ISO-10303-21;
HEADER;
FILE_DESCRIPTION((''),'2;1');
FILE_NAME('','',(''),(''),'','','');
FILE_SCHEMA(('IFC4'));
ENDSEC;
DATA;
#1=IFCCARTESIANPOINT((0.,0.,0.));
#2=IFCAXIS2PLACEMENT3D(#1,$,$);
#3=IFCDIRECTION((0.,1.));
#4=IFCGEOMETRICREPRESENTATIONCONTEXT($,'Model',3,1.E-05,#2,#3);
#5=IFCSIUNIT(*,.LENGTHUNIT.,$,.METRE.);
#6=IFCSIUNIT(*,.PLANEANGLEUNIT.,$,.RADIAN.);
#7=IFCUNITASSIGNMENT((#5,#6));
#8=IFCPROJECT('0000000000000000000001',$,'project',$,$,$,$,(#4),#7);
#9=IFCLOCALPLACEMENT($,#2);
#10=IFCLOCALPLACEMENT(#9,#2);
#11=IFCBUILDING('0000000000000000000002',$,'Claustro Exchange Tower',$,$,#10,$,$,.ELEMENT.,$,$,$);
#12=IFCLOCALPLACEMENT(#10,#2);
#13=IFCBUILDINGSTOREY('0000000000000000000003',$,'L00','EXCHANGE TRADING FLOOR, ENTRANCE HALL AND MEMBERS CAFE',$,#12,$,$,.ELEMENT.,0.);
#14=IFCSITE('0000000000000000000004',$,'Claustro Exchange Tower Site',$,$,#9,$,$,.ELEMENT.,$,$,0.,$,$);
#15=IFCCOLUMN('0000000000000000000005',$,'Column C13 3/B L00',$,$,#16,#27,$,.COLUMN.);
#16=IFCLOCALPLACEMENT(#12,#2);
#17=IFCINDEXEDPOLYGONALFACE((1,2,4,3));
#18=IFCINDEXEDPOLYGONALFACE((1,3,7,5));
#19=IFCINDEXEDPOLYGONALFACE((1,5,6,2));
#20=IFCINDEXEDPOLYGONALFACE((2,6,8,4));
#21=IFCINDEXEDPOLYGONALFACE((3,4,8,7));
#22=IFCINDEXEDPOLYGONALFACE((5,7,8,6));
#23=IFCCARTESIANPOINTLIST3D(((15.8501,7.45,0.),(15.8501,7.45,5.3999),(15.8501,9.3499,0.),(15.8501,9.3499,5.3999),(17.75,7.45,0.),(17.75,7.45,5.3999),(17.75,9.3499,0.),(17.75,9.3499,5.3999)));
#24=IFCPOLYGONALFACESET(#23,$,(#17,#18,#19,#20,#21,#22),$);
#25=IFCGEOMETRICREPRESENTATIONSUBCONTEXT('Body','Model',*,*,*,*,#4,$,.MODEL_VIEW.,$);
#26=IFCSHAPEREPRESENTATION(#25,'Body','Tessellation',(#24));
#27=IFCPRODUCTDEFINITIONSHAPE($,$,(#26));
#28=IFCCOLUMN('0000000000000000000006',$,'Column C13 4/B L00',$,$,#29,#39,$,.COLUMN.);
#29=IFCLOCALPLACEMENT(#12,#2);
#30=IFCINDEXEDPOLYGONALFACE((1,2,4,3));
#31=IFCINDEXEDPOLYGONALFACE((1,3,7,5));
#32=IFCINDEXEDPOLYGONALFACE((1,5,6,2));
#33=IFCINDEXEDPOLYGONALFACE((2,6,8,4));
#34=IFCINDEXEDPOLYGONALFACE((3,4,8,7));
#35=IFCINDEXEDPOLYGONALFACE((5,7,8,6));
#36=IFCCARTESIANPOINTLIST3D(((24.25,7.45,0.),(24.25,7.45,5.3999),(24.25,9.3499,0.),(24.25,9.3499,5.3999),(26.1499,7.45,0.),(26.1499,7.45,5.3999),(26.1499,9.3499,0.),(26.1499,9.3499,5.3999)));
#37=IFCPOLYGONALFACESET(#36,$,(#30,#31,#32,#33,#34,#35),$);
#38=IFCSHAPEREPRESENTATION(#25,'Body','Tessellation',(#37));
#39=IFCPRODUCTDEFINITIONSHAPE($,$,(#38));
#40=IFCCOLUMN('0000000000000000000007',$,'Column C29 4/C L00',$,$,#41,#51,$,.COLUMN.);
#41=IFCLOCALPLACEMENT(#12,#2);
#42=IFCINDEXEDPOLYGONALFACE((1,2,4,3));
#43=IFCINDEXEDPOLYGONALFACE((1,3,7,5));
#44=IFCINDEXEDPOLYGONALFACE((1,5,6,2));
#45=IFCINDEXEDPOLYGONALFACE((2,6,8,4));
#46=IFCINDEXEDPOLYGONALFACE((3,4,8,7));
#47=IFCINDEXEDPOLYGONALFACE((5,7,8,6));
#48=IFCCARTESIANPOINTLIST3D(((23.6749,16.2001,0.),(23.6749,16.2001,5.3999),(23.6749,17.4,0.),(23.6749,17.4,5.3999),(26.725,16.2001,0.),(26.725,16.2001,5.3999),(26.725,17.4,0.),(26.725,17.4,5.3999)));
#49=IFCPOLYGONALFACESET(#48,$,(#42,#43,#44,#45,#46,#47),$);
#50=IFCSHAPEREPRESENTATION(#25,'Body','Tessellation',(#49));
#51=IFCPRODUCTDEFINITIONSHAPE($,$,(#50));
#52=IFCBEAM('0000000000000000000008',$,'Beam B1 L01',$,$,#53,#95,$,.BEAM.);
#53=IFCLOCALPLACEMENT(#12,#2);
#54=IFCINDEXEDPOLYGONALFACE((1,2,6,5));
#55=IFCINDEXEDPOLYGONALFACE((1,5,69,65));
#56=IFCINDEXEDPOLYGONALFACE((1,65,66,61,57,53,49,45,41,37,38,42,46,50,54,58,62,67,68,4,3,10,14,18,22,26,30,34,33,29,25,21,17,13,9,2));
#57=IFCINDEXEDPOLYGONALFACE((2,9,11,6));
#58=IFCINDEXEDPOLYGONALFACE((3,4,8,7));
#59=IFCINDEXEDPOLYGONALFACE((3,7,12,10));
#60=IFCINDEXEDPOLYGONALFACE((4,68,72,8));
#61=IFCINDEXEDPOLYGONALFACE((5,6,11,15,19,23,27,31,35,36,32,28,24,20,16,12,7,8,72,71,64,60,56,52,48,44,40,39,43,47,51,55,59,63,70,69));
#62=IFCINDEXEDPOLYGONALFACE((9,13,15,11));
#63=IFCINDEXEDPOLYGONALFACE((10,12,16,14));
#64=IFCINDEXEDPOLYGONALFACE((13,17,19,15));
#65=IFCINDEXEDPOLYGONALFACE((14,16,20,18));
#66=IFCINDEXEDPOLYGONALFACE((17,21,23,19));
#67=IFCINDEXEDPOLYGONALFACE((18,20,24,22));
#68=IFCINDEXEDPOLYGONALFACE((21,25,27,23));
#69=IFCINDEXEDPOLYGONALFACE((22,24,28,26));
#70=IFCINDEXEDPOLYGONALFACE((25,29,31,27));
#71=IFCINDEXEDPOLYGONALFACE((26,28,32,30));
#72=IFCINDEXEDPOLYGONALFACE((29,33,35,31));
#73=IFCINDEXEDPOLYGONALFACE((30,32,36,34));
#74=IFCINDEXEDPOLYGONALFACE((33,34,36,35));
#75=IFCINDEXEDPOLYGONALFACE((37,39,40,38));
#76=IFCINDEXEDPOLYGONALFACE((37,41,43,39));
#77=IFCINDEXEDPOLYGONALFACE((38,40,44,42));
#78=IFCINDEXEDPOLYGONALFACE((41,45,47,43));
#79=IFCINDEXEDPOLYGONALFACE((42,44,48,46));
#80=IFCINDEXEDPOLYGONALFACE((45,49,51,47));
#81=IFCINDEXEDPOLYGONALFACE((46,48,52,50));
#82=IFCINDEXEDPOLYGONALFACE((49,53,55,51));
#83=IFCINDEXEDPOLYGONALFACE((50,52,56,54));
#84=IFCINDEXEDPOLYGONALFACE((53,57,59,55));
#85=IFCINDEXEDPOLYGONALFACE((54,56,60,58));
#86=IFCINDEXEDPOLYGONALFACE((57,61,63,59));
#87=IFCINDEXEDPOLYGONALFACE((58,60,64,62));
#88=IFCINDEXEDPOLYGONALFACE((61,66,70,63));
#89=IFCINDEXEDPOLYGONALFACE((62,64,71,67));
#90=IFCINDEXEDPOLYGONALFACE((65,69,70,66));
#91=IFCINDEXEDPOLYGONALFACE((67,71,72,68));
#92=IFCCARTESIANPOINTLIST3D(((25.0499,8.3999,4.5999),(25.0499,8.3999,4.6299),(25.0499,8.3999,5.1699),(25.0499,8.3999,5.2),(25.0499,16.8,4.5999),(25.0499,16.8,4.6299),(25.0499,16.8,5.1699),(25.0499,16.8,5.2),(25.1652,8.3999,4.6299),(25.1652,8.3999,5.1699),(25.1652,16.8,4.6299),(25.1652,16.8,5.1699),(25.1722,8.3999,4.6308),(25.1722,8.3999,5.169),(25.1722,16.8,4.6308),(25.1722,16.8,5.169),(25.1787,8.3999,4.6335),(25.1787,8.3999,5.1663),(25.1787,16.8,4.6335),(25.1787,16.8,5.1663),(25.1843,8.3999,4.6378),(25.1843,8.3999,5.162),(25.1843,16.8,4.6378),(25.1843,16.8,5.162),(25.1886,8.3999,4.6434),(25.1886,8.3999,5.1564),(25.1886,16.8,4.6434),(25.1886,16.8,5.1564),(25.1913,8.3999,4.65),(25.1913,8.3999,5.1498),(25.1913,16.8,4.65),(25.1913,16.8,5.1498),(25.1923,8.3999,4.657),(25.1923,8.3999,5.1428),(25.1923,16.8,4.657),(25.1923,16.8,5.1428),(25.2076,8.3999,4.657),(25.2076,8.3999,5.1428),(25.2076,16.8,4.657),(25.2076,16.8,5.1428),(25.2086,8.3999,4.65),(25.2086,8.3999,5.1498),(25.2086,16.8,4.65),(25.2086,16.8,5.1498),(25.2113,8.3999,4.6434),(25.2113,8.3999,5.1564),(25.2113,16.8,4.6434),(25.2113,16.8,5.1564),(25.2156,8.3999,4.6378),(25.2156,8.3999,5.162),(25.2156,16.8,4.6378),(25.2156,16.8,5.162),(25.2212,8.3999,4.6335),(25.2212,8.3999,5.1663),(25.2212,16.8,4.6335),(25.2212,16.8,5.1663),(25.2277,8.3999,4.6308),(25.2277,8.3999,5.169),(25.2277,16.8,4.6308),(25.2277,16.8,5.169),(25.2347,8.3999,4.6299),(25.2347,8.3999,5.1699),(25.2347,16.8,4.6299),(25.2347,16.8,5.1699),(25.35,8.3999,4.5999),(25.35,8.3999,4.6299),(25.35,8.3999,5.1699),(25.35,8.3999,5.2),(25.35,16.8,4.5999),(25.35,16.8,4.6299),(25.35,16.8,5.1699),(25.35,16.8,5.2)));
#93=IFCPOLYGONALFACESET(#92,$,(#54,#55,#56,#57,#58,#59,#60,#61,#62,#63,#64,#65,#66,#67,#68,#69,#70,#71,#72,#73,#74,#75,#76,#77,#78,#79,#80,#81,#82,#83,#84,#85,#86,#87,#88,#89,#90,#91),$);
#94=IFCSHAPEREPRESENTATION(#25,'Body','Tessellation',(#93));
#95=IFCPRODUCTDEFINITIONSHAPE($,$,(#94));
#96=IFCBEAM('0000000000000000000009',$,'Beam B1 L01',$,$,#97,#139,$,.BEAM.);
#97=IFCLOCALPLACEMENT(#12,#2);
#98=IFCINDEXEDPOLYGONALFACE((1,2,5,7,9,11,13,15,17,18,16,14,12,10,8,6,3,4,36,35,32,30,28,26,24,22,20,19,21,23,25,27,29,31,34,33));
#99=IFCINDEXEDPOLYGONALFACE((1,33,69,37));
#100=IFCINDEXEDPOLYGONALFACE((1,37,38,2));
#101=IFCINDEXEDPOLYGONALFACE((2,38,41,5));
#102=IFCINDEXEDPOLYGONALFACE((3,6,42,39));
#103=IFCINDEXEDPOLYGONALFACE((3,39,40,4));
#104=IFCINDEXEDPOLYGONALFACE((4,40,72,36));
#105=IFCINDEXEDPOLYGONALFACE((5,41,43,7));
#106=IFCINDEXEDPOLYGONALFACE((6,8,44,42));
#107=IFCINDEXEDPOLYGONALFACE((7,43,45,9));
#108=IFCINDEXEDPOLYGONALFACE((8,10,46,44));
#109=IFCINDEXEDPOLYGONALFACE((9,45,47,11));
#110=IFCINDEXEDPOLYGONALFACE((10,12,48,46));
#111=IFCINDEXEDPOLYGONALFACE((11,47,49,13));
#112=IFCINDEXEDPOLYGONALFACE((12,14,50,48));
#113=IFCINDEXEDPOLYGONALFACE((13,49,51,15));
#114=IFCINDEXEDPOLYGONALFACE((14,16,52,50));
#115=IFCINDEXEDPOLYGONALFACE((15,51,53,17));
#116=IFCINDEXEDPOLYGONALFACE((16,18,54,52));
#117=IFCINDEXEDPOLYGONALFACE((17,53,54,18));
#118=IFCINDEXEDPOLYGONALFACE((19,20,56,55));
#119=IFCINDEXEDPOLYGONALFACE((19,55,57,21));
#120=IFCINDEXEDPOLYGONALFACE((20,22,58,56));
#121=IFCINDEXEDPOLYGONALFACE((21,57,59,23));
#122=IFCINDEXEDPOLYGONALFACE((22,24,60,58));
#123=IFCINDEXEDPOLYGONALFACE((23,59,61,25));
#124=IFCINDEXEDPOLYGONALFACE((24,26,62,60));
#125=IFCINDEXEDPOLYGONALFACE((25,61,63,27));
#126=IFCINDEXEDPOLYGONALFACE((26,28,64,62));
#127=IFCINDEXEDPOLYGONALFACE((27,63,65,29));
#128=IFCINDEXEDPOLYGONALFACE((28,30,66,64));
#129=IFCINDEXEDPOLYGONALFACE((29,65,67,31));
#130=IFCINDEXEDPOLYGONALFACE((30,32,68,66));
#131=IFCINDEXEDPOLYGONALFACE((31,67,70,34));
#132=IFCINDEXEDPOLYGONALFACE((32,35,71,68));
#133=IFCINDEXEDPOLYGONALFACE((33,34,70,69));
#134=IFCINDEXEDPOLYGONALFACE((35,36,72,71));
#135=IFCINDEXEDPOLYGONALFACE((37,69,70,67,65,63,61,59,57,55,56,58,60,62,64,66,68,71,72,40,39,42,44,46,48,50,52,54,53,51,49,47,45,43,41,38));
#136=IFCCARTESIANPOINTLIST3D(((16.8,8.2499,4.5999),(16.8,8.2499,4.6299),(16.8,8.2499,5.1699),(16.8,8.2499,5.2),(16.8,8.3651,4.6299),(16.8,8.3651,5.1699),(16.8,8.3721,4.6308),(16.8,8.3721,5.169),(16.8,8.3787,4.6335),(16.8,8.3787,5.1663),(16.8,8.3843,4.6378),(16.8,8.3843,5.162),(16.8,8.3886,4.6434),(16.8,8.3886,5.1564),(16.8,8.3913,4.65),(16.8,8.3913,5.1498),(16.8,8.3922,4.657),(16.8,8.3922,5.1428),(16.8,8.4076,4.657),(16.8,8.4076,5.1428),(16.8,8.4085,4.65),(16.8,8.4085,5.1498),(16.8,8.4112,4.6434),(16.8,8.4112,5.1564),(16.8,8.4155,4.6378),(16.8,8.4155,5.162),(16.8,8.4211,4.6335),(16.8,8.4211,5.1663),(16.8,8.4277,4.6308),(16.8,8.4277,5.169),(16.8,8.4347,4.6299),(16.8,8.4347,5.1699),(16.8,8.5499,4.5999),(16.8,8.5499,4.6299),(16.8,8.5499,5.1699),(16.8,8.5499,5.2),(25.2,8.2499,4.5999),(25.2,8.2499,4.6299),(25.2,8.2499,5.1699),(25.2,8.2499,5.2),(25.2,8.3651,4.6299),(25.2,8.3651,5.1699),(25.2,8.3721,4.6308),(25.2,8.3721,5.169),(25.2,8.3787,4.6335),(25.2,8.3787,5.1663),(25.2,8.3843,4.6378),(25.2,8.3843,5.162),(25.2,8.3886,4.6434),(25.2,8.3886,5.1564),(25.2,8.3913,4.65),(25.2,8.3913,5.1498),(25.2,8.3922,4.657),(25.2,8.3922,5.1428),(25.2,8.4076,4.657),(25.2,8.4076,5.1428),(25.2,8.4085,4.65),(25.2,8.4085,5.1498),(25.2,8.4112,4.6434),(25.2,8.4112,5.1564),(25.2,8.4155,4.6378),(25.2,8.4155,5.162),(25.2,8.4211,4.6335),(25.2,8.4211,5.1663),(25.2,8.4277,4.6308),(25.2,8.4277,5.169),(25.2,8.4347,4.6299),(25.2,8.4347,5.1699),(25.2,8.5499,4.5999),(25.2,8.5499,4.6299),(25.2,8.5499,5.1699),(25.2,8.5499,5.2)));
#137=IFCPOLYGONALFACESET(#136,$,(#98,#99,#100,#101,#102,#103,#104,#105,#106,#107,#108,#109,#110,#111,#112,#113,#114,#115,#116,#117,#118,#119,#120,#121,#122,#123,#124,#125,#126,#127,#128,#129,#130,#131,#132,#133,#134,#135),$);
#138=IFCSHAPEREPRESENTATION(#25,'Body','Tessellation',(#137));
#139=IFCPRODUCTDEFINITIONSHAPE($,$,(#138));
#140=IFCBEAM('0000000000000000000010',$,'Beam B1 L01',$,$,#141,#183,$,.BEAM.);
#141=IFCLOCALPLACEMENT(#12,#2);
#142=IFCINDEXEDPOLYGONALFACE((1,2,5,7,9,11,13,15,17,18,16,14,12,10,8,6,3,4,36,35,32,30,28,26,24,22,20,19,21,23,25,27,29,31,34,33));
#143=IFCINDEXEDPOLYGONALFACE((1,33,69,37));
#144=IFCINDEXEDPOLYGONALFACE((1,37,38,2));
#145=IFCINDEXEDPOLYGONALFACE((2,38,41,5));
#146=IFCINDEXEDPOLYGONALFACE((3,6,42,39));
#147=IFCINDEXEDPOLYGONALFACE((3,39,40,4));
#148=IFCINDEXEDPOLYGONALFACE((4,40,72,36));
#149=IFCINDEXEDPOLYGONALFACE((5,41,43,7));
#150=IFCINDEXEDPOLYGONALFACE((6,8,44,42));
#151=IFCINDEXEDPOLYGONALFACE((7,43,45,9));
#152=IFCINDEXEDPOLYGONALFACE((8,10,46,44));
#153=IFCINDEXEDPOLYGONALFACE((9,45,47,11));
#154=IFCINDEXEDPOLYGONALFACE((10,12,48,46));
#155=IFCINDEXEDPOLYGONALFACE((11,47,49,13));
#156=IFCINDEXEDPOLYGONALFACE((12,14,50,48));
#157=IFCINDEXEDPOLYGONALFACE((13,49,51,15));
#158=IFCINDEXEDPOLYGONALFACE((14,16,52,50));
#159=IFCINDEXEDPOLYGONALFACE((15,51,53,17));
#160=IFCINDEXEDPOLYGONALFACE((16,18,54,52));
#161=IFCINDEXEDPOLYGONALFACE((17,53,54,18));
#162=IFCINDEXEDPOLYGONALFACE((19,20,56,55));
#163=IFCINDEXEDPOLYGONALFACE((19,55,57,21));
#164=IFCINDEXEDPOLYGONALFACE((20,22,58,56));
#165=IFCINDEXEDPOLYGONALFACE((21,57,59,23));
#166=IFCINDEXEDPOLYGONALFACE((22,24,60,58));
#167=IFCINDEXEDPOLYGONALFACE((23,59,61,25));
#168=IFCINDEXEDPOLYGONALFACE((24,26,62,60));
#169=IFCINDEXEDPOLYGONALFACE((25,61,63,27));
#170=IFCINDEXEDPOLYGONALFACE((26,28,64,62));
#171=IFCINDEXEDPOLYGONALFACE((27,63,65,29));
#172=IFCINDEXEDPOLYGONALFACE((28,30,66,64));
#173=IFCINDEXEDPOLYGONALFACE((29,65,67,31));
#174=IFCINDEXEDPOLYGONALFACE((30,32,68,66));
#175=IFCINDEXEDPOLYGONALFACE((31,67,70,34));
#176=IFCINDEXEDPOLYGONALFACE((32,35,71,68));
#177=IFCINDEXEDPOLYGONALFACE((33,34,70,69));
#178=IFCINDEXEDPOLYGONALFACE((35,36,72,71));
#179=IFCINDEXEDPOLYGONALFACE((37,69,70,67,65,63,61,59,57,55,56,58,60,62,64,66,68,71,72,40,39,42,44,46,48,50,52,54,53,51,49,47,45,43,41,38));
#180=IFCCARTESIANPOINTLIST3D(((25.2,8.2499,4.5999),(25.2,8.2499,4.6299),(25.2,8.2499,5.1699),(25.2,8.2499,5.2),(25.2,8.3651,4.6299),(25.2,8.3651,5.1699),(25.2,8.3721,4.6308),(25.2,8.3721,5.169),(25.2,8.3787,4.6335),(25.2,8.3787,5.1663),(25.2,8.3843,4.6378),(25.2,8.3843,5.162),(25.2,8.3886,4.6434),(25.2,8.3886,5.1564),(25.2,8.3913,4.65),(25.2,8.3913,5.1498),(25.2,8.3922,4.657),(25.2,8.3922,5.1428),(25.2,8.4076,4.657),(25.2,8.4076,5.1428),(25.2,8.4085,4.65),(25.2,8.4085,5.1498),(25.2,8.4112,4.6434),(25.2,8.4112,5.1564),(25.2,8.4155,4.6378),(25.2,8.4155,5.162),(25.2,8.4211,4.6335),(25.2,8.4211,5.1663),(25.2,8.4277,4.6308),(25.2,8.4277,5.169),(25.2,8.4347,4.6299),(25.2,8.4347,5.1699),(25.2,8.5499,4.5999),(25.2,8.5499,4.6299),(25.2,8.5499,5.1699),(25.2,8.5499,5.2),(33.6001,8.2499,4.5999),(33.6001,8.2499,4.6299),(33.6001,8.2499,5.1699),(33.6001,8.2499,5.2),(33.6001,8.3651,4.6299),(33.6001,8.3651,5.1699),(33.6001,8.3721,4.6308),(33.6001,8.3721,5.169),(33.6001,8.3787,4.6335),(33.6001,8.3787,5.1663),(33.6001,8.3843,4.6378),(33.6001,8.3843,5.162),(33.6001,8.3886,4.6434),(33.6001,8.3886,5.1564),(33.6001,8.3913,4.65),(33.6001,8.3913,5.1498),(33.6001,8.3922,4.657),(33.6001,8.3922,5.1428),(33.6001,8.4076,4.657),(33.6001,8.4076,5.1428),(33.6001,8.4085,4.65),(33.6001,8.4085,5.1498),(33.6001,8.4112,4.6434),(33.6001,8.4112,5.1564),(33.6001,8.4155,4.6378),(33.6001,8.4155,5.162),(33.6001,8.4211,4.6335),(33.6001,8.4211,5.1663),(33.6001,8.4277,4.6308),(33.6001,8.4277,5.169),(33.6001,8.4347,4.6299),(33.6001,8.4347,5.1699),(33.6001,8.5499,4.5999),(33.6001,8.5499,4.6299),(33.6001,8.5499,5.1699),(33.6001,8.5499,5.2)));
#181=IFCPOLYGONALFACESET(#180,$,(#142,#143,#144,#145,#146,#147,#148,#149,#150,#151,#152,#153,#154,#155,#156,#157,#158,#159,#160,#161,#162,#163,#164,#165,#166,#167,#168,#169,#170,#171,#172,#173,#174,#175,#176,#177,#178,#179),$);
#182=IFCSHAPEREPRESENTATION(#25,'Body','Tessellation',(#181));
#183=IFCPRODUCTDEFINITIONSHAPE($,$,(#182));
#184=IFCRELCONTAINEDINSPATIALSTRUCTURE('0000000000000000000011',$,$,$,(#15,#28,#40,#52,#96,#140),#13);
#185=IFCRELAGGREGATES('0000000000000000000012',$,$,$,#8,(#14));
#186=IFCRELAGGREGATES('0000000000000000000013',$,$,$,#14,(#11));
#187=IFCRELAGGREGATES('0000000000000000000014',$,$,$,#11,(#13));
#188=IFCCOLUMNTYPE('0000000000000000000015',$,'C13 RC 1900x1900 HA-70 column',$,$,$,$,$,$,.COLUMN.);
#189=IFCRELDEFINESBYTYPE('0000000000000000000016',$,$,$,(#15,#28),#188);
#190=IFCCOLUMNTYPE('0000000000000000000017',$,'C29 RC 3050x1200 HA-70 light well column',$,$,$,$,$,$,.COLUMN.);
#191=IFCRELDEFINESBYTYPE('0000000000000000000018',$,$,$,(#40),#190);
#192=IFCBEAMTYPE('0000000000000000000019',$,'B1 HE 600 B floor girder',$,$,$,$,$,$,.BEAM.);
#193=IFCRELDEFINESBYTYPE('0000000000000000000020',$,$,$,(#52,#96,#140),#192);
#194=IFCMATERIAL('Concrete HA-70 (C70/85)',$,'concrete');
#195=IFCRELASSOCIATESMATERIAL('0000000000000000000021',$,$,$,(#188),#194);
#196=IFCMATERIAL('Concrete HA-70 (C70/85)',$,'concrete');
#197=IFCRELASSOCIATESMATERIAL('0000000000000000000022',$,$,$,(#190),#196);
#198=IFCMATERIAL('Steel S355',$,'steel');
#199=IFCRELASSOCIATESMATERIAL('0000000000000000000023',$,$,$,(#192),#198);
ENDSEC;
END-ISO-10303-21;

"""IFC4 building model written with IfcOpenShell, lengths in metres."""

from ifc_helpers import new_model, si_unit, direction, frame, origin, origin_2d, place, context, subcontext, project, spatial, rectangle, i_section, extrude, material, material_profile, profile_set, type_object, element, save


model = new_model("IFC4")

# Units and contexts
model_context = context("Model", 3, precision=1e-05, world=origin(), true_north=direction((0.0, 1.0)))
body_context = subcontext(model_context, "Body", "Model", "MODEL_VIEW")
ifc_project = project(units=[si_unit("LENGTHUNIT", "METRE"), si_unit("PLANEANGLEUNIT", "RADIAN")], contexts=[model_context])

# Site, building, storey
site_placement = place(None, origin())
site = spatial("IfcSite", under=ifc_project, at=site_placement, Name="Claustro Exchange Tower Site", CompositionType="ELEMENT", RefElevation=0.0)
building_placement = place(site_placement, origin())
building = spatial("IfcBuilding", under=site, at=building_placement, Name="Claustro Exchange Tower", CompositionType="ELEMENT")
storey_placement = place(building_placement, origin())
storey = spatial("IfcBuildingStorey", under=building, at=storey_placement, Name="L00", Description="EXCHANGE TRADING FLOOR, ENTRANCE HALL AND MEMBERS CAFE", CompositionType="ELEMENT", Elevation=0.0)

# Columns
ifc_material_1 = material(Name="Concrete HA-70 (C70/85)", Category="concrete")
ifc_material_profile_1 = material_profile(ifc_material_1, rectangle(XDim=1.8999, YDim=1.8999, at=origin_2d()), Name="RC 1900x1900")
ifc_profile_set_1 = profile_set([ifc_material_profile_1], Name="Concrete HA-70 (C70/85)")
column_type_1 = type_object("IfcColumnType", Name="C13 RC 1900x1900 HA-70 column", PredefinedType="COLUMN", material=ifc_profile_set_1)
for number, where, z_axis, x_axis, name in (
    (1, (16.8, 8.3999, 0.0), (0.0, 0.0, 1.0), (1.0, 0.0, 0.0), "Column C13 3/B L00"),
    (2, (25.2, 8.3999, 0.0), (0.0, 0.0, 1.0), (1.0, 0.0, 0.0), "Column C13 4/B L00"),
):
    element("IfcColumn", number, at=place(storey_placement, frame(where, z_axis=z_axis, x_axis=x_axis)), inside=storey, type_object=column_type_1, Name=name, PredefinedType="COLUMN", context=body_context, shape_type="SweptSolid", body=[
        extrude(rectangle(XDim=1.8999, YDim=1.8999, at=origin_2d()), origin(), (0.0, 0.0, 1.0), 5.3999),
    ])
ifc_material_2 = material(Name="Concrete HA-70 (C70/85)", Category="concrete")
ifc_material_profile_2 = material_profile(ifc_material_2, rectangle(XDim=3.05, YDim=1.2, at=origin_2d()), Name="RC 3050x1200")
ifc_profile_set_2 = profile_set([ifc_material_profile_2], Name="Concrete HA-70 (C70/85)")
column_type_2 = type_object("IfcColumnType", Name="C29 RC 3050x1200 HA-70 light well column", PredefinedType="COLUMN", material=ifc_profile_set_2)
column_placement = place(storey_placement, frame((25.2, 16.8, 0.0), z_axis=(0.0, 0.0, 1.0), x_axis=(1.0, 0.0, 0.0)))
element("IfcColumn", 3, at=column_placement, inside=storey, type_object=column_type_2, Name="Column C29 4/C L00", PredefinedType="COLUMN", context=body_context, shape_type="SweptSolid", body=[
    extrude(rectangle(XDim=3.05, YDim=1.2, at=origin_2d()), origin(), (0.0, 0.0, 1.0), 5.3999),
])

# Beams
ifc_material_3 = material(Name="Steel S355", Category="steel")
ifc_material_profile_3 = material_profile(ifc_material_3, i_section(OverallWidth=0.3, OverallDepth=0.6001, WebThickness=0.0154, FlangeThickness=0.03, FilletRadius=0.0271, at=origin_2d()), Name="HE 600 B")
ifc_profile_set_3 = profile_set([ifc_material_profile_3], Name="Steel S355")
beam_type_1 = type_object("IfcBeamType", Name="B1 HE 600 B floor girder", PredefinedType="BEAM", material=ifc_profile_set_3)
beam_1_placement = place(storey_placement, frame((25.2, 8.3999, 4.8999), z_axis=(0.0, 1.0, 0.0), x_axis=(-1.0, 0.0, 0.0)))
element("IfcBeam", 4, at=beam_1_placement, inside=storey, type_object=beam_type_1, Name="Beam B1 L01", PredefinedType="BEAM", context=body_context, shape_type="SweptSolid", body=[
    extrude(i_section(OverallWidth=0.3, OverallDepth=0.6001, WebThickness=0.0154, FlangeThickness=0.03, FilletRadius=0.0271, at=origin_2d()), origin(), (0.0, 0.0, 1.0), 8.4001),
])
beam_2_placement = place(storey_placement, frame((16.8, 8.3999, 4.8999), z_axis=(1.0, 0.0, 0.0), x_axis=(0.0, 1.0, 0.0)))
element("IfcBeam", 5, at=beam_2_placement, inside=storey, type_object=beam_type_1, Name="Beam B1 L01", PredefinedType="BEAM", context=body_context, shape_type="SweptSolid", body=[
    extrude(i_section(OverallWidth=0.3, OverallDepth=0.6001, WebThickness=0.0154, FlangeThickness=0.03, FilletRadius=0.0271, at=origin_2d()), origin(), (0.0, 0.0, 1.0), 8.3999),
])
beam_3_placement = place(storey_placement, frame((25.2, 8.3999, 4.8999), z_axis=(1.0, 0.0, 0.0), x_axis=(0.0, 1.0, 0.0)))
element("IfcBeam", 6, at=beam_3_placement, inside=storey, type_object=beam_type_1, Name="Beam B1 L01", PredefinedType="BEAM", context=body_context, shape_type="SweptSolid", body=[
    extrude(i_section(OverallWidth=0.3, OverallDepth=0.6001, WebThickness=0.0154, FlangeThickness=0.03, FilletRadius=0.0271, at=origin_2d()), origin(), (0.0, 0.0, 1.0), 8.4001),
])

save(model, "model.ifc")
